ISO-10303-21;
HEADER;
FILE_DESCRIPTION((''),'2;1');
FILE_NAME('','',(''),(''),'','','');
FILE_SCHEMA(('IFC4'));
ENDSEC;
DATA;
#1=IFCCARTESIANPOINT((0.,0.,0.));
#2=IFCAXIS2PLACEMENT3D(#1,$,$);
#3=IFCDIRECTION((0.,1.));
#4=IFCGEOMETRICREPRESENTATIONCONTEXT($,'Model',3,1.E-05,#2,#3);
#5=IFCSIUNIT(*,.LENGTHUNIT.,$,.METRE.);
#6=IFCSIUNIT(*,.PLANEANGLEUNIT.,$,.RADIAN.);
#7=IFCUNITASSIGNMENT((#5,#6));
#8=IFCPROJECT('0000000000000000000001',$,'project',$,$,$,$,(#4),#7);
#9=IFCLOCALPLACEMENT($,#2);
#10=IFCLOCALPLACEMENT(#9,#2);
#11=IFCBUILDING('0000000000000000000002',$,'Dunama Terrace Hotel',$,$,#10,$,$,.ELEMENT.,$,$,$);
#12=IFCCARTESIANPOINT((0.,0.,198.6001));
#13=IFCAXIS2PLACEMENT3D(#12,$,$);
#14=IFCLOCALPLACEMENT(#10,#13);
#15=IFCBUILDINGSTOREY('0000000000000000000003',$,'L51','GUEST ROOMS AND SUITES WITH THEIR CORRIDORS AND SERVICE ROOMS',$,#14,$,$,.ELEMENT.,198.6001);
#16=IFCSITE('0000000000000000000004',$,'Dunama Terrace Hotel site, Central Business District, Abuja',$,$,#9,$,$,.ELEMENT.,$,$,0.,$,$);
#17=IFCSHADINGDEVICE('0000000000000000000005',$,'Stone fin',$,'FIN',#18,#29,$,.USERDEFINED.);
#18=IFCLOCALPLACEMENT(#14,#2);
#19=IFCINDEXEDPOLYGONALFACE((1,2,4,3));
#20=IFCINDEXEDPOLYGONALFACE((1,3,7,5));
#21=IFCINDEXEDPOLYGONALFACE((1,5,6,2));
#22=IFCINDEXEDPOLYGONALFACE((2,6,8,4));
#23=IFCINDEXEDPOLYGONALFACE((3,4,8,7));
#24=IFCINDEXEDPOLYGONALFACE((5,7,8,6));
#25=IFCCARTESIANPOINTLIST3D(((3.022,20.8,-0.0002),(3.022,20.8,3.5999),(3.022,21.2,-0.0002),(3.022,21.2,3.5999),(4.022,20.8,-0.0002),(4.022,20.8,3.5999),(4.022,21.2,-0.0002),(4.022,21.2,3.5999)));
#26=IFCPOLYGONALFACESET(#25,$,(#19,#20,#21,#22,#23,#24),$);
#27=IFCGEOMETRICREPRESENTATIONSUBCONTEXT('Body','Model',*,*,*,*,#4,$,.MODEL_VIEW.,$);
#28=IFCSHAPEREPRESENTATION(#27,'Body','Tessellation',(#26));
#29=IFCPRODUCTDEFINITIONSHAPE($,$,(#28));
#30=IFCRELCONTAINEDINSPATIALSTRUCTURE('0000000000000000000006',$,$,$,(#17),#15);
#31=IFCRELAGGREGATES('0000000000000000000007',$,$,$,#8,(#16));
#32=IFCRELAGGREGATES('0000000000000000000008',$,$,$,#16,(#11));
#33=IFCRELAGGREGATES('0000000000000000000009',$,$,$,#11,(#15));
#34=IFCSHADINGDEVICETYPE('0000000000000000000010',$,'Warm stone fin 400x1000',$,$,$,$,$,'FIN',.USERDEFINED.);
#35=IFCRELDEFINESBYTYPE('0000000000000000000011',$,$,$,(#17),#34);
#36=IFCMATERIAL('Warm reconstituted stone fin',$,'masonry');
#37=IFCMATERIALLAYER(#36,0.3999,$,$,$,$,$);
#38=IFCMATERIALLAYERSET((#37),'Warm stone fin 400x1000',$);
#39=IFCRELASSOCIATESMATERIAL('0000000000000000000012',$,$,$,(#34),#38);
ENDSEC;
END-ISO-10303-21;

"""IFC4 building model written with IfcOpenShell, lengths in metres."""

from ifc_helpers import new_model, si_unit, direction, frame, origin, origin_2d, place, context, subcontext, project, spatial, rectangle, extrude, material, layer, layer_set, type_object, element, save


model = new_model("IFC4")

# Units and contexts
model_context = context("Model", 3, precision=1e-05, world=origin(), true_north=direction((0.0, 1.0)))
body_context = subcontext(model_context, "Body", "Model", "MODEL_VIEW")
ifc_project = project(units=[si_unit("LENGTHUNIT", "METRE"), si_unit("PLANEANGLEUNIT", "RADIAN")], contexts=[model_context])

# Site, building, storey
site_placement = place(None, origin())
site = spatial("IfcSite", under=ifc_project, at=site_placement, Name="Dunama Terrace Hotel site, Central Business District, Abuja", CompositionType="ELEMENT", RefElevation=0.0)
building_placement = place(site_placement, origin())
building = spatial("IfcBuilding", under=site, at=building_placement, Name="Dunama Terrace Hotel", CompositionType="ELEMENT")
storey_placement = place(building_placement, frame((0.0, 0.0, 198.6001)))
storey = spatial("IfcBuildingStorey", under=building, at=storey_placement, Name="L51", Description="GUEST ROOMS AND SUITES WITH THEIR CORRIDORS AND SERVICE ROOMS", CompositionType="ELEMENT", Elevation=198.6001)

# Shading device
ifc_material_1 = material(Name="Warm reconstituted stone fin", Category="masonry")
ifc_layer_1 = layer(ifc_material_1, 0.3999)
ifc_layer_set_1 = layer_set([ifc_layer_1], Name="Warm stone fin 400x1000")
shading_device_type = type_object("IfcShadingDeviceType", Name="Warm stone fin 400x1000", ElementType="FIN", PredefinedType="USERDEFINED", material=ifc_layer_set_1)
shading_device_placement = place(storey_placement, frame((3.522, 21.0, -0.0002), z_axis=(0.0, 0.0, 1.0), x_axis=(0.0, -1.0, 0.0)))
element("IfcShadingDevice", 1, at=shading_device_placement, inside=storey, type_object=shading_device_type, Name="Stone fin", ObjectType="FIN", PredefinedType="USERDEFINED", context=body_context, shape_type="SweptSolid", body=[
    extrude(rectangle(XDim=0.3999, YDim=1.0, at=origin_2d()), origin(), (0.0, 0.0, 1.0), 3.6001),
])

save(model, "model.ifc")
